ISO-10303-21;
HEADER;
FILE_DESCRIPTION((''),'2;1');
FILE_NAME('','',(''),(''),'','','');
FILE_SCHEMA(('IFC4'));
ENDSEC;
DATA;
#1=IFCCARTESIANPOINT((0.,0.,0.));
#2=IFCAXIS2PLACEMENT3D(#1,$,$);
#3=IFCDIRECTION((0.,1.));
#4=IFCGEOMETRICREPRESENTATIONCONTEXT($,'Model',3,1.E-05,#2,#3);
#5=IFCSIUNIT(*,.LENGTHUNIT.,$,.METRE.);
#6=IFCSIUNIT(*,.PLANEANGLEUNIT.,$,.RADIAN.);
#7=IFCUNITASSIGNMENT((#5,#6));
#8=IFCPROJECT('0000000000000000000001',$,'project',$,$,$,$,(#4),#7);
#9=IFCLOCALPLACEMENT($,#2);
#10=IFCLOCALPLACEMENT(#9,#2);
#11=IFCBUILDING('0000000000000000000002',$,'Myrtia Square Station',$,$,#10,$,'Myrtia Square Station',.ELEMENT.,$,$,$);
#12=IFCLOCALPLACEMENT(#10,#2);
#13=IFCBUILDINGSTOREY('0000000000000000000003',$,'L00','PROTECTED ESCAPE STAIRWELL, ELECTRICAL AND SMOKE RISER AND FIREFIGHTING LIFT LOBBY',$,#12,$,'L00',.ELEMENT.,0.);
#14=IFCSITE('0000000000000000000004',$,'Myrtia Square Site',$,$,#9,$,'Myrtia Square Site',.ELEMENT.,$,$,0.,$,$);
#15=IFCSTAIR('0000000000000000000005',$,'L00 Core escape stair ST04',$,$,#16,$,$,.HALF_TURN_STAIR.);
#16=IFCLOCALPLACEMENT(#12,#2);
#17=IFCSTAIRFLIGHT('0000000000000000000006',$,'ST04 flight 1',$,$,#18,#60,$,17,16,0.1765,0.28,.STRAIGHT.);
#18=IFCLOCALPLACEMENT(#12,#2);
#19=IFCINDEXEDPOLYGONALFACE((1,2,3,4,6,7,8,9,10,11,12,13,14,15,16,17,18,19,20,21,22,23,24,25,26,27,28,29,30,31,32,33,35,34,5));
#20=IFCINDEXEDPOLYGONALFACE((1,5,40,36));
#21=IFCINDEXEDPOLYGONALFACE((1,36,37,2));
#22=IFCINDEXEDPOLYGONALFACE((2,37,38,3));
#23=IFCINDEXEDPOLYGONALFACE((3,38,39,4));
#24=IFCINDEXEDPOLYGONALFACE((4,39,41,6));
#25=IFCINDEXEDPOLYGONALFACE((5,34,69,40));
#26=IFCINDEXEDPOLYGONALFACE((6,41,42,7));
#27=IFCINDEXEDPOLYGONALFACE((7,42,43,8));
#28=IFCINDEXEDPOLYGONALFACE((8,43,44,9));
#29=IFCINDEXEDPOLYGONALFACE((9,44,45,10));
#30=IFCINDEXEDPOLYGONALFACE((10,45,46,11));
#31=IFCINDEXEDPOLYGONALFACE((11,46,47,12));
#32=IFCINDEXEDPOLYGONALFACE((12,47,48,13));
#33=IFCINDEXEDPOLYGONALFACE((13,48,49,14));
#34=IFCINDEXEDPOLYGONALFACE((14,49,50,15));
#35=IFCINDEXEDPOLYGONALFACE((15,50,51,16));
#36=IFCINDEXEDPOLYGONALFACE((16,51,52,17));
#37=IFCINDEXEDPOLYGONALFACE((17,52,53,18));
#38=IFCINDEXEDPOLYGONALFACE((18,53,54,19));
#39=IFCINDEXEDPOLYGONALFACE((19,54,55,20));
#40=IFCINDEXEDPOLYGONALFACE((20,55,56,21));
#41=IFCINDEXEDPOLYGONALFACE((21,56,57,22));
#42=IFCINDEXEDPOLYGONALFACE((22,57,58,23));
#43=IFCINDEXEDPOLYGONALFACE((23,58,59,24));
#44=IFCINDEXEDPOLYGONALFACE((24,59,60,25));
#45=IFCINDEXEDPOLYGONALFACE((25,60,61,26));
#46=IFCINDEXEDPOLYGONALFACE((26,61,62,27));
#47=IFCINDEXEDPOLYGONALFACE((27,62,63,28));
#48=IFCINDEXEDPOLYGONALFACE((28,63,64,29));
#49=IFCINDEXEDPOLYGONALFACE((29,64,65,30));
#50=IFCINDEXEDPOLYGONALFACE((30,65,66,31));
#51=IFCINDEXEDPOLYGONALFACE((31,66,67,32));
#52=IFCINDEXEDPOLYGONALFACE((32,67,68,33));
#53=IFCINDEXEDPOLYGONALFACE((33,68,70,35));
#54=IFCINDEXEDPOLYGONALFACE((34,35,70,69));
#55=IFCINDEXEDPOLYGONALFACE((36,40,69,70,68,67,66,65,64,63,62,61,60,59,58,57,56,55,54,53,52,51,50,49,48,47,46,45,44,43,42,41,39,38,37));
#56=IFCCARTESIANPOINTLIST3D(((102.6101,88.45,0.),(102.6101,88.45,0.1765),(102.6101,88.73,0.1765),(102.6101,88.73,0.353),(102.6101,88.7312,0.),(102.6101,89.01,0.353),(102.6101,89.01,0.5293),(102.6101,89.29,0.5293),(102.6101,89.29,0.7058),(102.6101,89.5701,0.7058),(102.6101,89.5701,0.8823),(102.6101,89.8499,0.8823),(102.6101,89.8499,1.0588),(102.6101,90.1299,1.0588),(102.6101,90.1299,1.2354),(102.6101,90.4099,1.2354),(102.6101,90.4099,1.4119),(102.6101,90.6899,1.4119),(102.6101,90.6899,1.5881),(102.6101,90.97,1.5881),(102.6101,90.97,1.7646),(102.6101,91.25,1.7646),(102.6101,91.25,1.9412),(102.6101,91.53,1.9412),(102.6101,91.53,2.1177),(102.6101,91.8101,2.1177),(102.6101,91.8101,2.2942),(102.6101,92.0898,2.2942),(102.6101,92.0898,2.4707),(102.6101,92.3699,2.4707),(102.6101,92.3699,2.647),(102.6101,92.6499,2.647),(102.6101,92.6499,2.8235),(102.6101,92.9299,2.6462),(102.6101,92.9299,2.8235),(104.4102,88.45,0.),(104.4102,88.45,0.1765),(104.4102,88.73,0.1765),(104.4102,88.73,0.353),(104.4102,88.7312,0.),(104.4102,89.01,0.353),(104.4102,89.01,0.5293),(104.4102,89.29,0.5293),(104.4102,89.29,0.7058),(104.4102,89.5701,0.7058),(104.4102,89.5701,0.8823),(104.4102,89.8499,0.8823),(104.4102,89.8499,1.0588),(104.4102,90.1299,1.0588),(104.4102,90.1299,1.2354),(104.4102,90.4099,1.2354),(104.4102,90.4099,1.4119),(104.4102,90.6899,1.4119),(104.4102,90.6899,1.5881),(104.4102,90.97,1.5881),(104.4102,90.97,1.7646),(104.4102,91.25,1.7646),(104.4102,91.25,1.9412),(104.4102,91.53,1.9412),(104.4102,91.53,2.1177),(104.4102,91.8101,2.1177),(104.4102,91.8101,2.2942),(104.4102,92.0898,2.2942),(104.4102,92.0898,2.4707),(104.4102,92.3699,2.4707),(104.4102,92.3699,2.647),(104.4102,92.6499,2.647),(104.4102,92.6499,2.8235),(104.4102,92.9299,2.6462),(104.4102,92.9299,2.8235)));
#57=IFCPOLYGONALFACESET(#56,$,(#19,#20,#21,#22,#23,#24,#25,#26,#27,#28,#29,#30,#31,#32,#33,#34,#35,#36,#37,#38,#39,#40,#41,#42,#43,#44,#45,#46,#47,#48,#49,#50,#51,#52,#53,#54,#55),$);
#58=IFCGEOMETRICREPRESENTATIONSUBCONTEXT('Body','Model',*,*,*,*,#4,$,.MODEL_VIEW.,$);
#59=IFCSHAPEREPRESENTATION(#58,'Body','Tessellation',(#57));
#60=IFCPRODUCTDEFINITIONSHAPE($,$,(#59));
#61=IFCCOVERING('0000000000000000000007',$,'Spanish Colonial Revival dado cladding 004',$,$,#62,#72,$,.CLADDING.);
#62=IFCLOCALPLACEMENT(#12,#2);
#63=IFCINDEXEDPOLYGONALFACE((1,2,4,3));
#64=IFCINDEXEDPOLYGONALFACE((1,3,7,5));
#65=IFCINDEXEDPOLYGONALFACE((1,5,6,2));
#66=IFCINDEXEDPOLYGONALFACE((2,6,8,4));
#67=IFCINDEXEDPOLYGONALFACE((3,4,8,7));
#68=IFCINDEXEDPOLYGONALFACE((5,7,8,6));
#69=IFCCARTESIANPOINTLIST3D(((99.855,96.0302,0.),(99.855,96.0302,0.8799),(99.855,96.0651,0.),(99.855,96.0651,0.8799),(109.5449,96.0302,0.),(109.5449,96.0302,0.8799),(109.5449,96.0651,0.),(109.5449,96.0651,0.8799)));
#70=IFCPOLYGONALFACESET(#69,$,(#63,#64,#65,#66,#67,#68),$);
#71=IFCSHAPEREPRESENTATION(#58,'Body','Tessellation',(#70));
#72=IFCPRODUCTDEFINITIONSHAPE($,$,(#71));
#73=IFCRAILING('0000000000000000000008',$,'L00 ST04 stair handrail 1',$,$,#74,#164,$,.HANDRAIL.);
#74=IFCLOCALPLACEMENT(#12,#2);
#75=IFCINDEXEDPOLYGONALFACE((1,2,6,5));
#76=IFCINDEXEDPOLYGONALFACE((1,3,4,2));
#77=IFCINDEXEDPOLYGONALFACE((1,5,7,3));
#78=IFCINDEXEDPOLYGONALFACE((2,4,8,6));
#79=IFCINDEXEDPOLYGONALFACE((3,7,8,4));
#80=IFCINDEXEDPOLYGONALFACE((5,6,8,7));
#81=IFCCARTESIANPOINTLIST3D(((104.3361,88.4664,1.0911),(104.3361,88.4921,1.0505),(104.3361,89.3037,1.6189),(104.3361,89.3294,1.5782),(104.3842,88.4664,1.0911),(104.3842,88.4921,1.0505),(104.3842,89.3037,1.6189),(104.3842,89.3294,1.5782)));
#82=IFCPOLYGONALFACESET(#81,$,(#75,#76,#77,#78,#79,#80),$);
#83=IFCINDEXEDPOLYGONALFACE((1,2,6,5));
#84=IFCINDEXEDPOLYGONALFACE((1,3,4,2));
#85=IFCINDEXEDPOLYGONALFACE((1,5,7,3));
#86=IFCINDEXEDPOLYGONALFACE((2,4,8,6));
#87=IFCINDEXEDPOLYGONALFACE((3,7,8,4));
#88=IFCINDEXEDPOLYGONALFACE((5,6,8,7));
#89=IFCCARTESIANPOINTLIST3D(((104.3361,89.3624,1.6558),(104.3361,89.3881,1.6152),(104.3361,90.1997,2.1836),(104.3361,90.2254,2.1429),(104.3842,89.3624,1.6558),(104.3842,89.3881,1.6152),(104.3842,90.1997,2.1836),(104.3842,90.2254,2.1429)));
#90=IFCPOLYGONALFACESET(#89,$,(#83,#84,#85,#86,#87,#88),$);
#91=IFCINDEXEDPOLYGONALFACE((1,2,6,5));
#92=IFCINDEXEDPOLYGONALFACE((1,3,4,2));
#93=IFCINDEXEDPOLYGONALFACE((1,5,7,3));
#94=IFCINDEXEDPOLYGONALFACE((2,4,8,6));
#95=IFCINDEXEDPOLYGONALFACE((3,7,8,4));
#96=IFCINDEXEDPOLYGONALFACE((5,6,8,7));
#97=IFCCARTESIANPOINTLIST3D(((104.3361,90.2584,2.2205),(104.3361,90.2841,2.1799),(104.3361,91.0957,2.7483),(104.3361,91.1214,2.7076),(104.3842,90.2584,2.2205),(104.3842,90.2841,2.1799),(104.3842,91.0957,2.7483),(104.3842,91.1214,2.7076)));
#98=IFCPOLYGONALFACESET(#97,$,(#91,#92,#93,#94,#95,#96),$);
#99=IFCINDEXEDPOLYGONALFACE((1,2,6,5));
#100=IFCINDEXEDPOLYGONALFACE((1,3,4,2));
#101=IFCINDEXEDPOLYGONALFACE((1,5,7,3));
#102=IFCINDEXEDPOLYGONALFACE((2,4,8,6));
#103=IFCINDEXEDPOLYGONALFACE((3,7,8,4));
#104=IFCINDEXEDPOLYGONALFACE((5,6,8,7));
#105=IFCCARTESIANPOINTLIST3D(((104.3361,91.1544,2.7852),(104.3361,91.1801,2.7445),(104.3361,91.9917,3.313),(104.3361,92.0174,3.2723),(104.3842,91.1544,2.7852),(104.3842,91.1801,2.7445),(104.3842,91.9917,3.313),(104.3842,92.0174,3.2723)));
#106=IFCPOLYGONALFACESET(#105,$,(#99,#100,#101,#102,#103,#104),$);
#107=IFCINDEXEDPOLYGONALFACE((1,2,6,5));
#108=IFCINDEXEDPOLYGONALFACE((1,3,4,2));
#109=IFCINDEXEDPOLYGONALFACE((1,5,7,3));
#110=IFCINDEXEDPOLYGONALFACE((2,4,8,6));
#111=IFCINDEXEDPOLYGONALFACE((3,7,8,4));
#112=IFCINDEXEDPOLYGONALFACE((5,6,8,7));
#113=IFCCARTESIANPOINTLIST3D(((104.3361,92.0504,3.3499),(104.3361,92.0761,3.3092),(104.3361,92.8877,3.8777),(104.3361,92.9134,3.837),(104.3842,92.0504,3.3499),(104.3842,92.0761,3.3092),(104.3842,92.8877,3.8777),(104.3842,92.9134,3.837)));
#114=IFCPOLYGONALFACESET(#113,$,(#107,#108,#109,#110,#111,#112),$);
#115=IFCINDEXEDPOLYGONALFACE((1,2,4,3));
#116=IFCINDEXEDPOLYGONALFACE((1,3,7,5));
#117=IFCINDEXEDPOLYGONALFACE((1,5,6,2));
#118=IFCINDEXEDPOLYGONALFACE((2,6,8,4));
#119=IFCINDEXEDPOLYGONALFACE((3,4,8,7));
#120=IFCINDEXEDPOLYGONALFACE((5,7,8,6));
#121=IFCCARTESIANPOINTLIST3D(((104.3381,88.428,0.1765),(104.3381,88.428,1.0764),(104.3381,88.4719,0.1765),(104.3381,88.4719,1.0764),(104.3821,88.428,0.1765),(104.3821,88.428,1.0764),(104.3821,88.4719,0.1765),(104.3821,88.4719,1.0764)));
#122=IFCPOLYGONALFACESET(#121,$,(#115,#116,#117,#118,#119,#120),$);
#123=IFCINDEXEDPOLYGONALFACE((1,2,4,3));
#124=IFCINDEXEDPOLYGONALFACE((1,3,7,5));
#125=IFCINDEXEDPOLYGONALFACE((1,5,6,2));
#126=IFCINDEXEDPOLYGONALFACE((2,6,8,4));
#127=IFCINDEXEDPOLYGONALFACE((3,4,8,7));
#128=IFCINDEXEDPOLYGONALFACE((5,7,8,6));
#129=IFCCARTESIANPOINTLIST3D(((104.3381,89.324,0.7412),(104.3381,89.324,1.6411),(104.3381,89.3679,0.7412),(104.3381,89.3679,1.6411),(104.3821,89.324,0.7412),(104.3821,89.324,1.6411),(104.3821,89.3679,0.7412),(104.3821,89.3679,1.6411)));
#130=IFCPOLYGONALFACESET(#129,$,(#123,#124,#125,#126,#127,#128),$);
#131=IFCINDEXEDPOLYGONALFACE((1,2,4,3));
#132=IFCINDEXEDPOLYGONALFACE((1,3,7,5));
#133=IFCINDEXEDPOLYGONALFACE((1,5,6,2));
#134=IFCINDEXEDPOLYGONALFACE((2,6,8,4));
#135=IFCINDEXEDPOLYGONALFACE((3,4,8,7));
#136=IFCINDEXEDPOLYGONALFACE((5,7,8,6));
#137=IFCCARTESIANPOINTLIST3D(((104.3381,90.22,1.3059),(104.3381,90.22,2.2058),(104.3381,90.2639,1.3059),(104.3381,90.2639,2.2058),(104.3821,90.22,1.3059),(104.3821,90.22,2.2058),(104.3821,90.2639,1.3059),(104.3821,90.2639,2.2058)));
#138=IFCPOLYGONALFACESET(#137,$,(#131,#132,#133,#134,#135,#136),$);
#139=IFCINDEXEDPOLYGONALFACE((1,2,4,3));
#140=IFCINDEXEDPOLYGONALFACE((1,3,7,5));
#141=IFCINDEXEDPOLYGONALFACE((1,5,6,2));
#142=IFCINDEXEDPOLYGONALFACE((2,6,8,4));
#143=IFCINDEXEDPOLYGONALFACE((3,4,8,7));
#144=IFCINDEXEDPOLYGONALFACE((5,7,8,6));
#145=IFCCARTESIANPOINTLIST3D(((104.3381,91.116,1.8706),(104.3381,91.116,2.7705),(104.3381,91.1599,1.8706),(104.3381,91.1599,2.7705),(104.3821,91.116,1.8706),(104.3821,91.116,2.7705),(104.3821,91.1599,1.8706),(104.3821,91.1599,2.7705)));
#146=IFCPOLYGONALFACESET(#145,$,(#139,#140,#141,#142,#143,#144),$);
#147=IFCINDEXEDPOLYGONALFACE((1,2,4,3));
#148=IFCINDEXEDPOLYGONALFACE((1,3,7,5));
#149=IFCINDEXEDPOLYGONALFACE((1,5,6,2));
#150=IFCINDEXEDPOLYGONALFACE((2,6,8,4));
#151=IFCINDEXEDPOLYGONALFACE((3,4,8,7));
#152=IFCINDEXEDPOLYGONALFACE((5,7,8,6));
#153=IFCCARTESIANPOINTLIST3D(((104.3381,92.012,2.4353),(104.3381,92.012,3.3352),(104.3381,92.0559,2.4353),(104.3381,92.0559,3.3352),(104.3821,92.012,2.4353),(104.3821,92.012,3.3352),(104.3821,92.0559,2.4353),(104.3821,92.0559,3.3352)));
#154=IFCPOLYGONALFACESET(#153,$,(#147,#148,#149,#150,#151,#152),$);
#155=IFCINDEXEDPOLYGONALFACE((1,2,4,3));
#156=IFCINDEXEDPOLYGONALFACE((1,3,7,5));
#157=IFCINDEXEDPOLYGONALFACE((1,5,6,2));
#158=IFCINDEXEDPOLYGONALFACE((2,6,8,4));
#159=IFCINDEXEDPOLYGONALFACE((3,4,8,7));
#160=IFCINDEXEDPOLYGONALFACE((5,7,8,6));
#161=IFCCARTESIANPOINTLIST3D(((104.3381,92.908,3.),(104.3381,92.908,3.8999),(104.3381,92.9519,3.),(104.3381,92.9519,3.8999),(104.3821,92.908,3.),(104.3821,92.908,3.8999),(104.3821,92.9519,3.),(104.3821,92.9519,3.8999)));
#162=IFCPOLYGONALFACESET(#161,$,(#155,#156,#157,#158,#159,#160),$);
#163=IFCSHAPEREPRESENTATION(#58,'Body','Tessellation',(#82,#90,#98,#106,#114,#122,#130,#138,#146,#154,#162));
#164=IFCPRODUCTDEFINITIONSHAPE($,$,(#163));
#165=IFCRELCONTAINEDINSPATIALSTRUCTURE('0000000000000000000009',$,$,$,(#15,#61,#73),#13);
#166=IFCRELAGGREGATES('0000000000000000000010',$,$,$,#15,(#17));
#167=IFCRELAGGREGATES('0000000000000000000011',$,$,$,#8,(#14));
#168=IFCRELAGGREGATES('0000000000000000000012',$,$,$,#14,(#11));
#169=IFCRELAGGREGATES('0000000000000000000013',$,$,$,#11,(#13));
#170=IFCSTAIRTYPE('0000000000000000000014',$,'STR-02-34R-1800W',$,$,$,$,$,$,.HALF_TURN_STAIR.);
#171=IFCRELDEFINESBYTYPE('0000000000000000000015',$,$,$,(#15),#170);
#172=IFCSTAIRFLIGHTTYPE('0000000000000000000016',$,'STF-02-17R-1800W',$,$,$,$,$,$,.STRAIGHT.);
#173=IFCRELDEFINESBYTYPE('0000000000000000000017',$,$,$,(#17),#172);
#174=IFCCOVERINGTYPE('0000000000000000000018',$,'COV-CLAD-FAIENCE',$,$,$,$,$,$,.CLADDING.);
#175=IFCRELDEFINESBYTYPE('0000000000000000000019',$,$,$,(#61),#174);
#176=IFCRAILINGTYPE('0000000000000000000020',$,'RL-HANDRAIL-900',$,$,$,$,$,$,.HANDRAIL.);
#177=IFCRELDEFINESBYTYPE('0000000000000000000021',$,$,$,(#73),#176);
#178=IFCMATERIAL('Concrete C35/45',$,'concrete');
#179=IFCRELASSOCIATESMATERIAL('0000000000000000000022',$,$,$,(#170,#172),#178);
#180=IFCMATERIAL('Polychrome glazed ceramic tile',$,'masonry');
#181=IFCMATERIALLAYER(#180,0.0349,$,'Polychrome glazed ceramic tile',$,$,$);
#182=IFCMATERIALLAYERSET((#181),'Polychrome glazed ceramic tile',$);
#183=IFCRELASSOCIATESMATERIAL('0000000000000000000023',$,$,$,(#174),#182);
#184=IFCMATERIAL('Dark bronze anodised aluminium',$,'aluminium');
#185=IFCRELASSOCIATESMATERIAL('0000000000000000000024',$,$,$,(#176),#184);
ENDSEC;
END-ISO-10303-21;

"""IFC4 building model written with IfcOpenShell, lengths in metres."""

from ifc_helpers import new_model, si_unit, direction, frame, origin, origin_2d, place, context, subcontext, project, spatial, polyline, rectangle, outline, extrude, material, layer, layer_set, type_object, element, aggregate, save


model = new_model("IFC4")

# Units and contexts
model_context = context("Model", 3, precision=1e-05, world=origin(), true_north=direction((0.0, 1.0)))
body_context = subcontext(model_context, "Body", "Model", "MODEL_VIEW")
ifc_project = project(units=[si_unit("LENGTHUNIT", "METRE"), si_unit("PLANEANGLEUNIT", "RADIAN")], contexts=[model_context])

# Site, building, storey
site_placement = place(None, origin())
site = spatial("IfcSite", under=ifc_project, at=site_placement, Name="Myrtia Square Site", LongName="Myrtia Square Site", CompositionType="ELEMENT", RefElevation=0.0)
building_placement = place(site_placement, origin())
building = spatial("IfcBuilding", under=site, at=building_placement, Name="Myrtia Square Station", LongName="Myrtia Square Station", CompositionType="ELEMENT")
storey_placement = place(building_placement, origin())
storey = spatial("IfcBuildingStorey", under=building, at=storey_placement, Name="L00", Description="PROTECTED ESCAPE STAIRWELL, ELECTRICAL AND SMOKE RISER AND FIREFIGHTING LIFT LOBBY", LongName="L00", CompositionType="ELEMENT", Elevation=0.0)

# Shared definitions
ifc_material_1 = material(Name="Concrete C35/45", Category="concrete")
ifc_material_2 = material(Name="Dark bronze anodised aluminium", Category="aluminium")

# Stair, stair flight
stair_type = type_object("IfcStairType", Name="STR-02-34R-1800W", PredefinedType="HALF_TURN_STAIR", material=ifc_material_1)
stair_placement = place(storey_placement, origin())
stair = element("IfcStair", 1, at=stair_placement, inside=storey, type_object=stair_type, Name="L00 Core escape stair ST04", PredefinedType="HALF_TURN_STAIR")
stair_flight_type = type_object("IfcStairFlightType", Name="STF-02-17R-1800W", PredefinedType="STRAIGHT", material=ifc_material_1)
stair_flight_placement = place(storey_placement, frame((103.51, 88.45, 0.0), z_axis=(0.0, 0.0, 1.0), x_axis=(0.0, 1.0, 0.0)))
stair_flight = element("IfcStairFlight", 2, at=stair_flight_placement, type_object=stair_flight_type, Name="ST04 flight 1", NumberOfRisers=17, NumberOfTreads=16, PredefinedType="STRAIGHT", RiserHeight=0.1765, TreadLength=0.28, context=body_context, shape_type="SweptSolid", body=[
    extrude(outline(polyline([(0.0, 0.0), (0.0, 0.1765), (0.28, 0.1765), (0.28, 0.353), (0.5601, 0.353), (0.5601, 0.5293), (0.8401, 0.5293), (0.8401, 0.7058), (1.1201, 0.7058), (1.1201, 0.8823), (1.3999, 0.8823), (1.3999, 1.0588), (1.6799, 1.0588), (1.6799, 1.2354), (1.96, 1.2354), (1.96, 1.4119), (2.24, 1.4119), (2.24, 1.5881), (2.52, 1.5881), (2.52, 1.7646), (2.8, 1.7646), (2.8, 1.9412), (3.0801, 1.9412), (3.0801, 2.1177), (3.3601, 2.1177), (3.3601, 2.2942), (3.6399, 2.2942), (3.6399, 2.4707), (3.9199, 2.4707), (3.9199, 2.647), (4.2, 2.647), (4.2, 2.8235), (4.48, 2.8235), (4.48, 3.0), (4.48, 2.6462), (0.2812, 0.0), (0.0, 0.0)])), frame((0.0, 0.8999, 0.0), z_axis=(0.0, -1.0, 0.0), x_axis=(1.0, 0.0, 0.0)), (0.0, 0.0, 1.0), 1.8),
])
aggregate(stair, [stair_flight])

# Covering
ifc_material_3 = material(Name="Polychrome glazed ceramic tile", Category="masonry")
ifc_layer_1 = layer(ifc_material_3, 0.0349, Name="Polychrome glazed ceramic tile")
ifc_layer_set_1 = layer_set([ifc_layer_1], Name="Polychrome glazed ceramic tile")
covering_type = type_object("IfcCoveringType", Name="COV-CLAD-FAIENCE", PredefinedType="CLADDING", material=ifc_layer_set_1)
covering_placement = place(storey_placement, frame((104.7, 96.0476, 0.0), z_axis=(0.0, 0.0, 1.0), x_axis=(1.0, 0.0, 0.0)))
element("IfcCovering", 3, at=covering_placement, inside=storey, type_object=covering_type, Name="Spanish Colonial Revival dado cladding 004", PredefinedType="CLADDING", context=body_context, shape_type="SweptSolid", body=[
    extrude(rectangle(XDim=9.6899, YDim=0.0349, at=origin_2d()), origin(), (0.0, 0.0, 1.0), 0.8799),
])

# Railing
railing_type_1 = type_object("IfcRailingType", Name="RL-HANDRAIL-900", PredefinedType="HANDRAIL", material=ifc_material_2)
railing_1_placement = place(storey_placement, frame((104.3601, 88.45, 0.1765)))
element("IfcRailing", 4, at=railing_1_placement, inside=storey, type_object=railing_type_1, Name="L00 ST04 stair handrail 1", PredefinedType="HANDRAIL", context=body_context, shape_type="SweptSolid", body=[
    extrude(rectangle(XDim=0.0481, YDim=0.0481, at=origin_2d()), frame((0.0, 0.0293, 0.8943), z_axis=(0.0, 0.845998, 0.533186), x_axis=(-1.0, 0.0, 0.0)), (0.0, 0.0, 1.0), 0.9897),
    extrude(rectangle(XDim=0.0481, YDim=0.0481, at=origin_2d()), frame((0.0, 0.9253, 1.459), z_axis=(0.0, 0.845998, 0.533186), x_axis=(-1.0, 0.0, 0.0)), (0.0, 0.0, 1.0), 0.9897),
    extrude(rectangle(XDim=0.0481, YDim=0.0481, at=origin_2d()), frame((0.0, 1.8213, 2.0237), z_axis=(0.0, 0.845998, 0.533186), x_axis=(-1.0, 0.0, 0.0)), (0.0, 0.0, 1.0), 0.9897),
    extrude(rectangle(XDim=0.0481, YDim=0.0481, at=origin_2d()), frame((0.0, 2.7173, 2.5884), z_axis=(0.0, 0.845998, 0.533186), x_axis=(-1.0, 0.0, 0.0)), (0.0, 0.0, 1.0), 0.9897),
    extrude(rectangle(XDim=0.0481, YDim=0.0481, at=origin_2d()), frame((0.0, 3.6133, 3.1531), z_axis=(0.0, 0.845998, 0.533186), x_axis=(-1.0, 0.0, 0.0)), (0.0, 0.0, 1.0), 0.9897),
    extrude(rectangle(XDim=0.0439, YDim=0.0439, at=origin_2d()), origin(), (0.0, 0.0, 1.0), 0.8999),
    extrude(rectangle(XDim=0.0439, YDim=0.0439, at=origin_2d()), frame((0.0, 0.896, 0.5647)), (0.0, 0.0, 1.0), 0.8999),
    extrude(rectangle(XDim=0.0439, YDim=0.0439, at=origin_2d()), frame((0.0, 1.792, 1.1294)), (0.0, 0.0, 1.0), 0.8999),
    extrude(rectangle(XDim=0.0439, YDim=0.0439, at=origin_2d()), frame((0.0, 2.688, 1.6941)), (0.0, 0.0, 1.0), 0.8999),
    extrude(rectangle(XDim=0.0439, YDim=0.0439, at=origin_2d()), frame((0.0, 3.584, 2.2588)), (0.0, 0.0, 1.0), 0.8999),
    extrude(rectangle(XDim=0.0439, YDim=0.0439, at=origin_2d()), frame((0.0, 4.48, 2.8235)), (0.0, 0.0, 1.0), 0.8999),
])

save(model, "model.ifc")
